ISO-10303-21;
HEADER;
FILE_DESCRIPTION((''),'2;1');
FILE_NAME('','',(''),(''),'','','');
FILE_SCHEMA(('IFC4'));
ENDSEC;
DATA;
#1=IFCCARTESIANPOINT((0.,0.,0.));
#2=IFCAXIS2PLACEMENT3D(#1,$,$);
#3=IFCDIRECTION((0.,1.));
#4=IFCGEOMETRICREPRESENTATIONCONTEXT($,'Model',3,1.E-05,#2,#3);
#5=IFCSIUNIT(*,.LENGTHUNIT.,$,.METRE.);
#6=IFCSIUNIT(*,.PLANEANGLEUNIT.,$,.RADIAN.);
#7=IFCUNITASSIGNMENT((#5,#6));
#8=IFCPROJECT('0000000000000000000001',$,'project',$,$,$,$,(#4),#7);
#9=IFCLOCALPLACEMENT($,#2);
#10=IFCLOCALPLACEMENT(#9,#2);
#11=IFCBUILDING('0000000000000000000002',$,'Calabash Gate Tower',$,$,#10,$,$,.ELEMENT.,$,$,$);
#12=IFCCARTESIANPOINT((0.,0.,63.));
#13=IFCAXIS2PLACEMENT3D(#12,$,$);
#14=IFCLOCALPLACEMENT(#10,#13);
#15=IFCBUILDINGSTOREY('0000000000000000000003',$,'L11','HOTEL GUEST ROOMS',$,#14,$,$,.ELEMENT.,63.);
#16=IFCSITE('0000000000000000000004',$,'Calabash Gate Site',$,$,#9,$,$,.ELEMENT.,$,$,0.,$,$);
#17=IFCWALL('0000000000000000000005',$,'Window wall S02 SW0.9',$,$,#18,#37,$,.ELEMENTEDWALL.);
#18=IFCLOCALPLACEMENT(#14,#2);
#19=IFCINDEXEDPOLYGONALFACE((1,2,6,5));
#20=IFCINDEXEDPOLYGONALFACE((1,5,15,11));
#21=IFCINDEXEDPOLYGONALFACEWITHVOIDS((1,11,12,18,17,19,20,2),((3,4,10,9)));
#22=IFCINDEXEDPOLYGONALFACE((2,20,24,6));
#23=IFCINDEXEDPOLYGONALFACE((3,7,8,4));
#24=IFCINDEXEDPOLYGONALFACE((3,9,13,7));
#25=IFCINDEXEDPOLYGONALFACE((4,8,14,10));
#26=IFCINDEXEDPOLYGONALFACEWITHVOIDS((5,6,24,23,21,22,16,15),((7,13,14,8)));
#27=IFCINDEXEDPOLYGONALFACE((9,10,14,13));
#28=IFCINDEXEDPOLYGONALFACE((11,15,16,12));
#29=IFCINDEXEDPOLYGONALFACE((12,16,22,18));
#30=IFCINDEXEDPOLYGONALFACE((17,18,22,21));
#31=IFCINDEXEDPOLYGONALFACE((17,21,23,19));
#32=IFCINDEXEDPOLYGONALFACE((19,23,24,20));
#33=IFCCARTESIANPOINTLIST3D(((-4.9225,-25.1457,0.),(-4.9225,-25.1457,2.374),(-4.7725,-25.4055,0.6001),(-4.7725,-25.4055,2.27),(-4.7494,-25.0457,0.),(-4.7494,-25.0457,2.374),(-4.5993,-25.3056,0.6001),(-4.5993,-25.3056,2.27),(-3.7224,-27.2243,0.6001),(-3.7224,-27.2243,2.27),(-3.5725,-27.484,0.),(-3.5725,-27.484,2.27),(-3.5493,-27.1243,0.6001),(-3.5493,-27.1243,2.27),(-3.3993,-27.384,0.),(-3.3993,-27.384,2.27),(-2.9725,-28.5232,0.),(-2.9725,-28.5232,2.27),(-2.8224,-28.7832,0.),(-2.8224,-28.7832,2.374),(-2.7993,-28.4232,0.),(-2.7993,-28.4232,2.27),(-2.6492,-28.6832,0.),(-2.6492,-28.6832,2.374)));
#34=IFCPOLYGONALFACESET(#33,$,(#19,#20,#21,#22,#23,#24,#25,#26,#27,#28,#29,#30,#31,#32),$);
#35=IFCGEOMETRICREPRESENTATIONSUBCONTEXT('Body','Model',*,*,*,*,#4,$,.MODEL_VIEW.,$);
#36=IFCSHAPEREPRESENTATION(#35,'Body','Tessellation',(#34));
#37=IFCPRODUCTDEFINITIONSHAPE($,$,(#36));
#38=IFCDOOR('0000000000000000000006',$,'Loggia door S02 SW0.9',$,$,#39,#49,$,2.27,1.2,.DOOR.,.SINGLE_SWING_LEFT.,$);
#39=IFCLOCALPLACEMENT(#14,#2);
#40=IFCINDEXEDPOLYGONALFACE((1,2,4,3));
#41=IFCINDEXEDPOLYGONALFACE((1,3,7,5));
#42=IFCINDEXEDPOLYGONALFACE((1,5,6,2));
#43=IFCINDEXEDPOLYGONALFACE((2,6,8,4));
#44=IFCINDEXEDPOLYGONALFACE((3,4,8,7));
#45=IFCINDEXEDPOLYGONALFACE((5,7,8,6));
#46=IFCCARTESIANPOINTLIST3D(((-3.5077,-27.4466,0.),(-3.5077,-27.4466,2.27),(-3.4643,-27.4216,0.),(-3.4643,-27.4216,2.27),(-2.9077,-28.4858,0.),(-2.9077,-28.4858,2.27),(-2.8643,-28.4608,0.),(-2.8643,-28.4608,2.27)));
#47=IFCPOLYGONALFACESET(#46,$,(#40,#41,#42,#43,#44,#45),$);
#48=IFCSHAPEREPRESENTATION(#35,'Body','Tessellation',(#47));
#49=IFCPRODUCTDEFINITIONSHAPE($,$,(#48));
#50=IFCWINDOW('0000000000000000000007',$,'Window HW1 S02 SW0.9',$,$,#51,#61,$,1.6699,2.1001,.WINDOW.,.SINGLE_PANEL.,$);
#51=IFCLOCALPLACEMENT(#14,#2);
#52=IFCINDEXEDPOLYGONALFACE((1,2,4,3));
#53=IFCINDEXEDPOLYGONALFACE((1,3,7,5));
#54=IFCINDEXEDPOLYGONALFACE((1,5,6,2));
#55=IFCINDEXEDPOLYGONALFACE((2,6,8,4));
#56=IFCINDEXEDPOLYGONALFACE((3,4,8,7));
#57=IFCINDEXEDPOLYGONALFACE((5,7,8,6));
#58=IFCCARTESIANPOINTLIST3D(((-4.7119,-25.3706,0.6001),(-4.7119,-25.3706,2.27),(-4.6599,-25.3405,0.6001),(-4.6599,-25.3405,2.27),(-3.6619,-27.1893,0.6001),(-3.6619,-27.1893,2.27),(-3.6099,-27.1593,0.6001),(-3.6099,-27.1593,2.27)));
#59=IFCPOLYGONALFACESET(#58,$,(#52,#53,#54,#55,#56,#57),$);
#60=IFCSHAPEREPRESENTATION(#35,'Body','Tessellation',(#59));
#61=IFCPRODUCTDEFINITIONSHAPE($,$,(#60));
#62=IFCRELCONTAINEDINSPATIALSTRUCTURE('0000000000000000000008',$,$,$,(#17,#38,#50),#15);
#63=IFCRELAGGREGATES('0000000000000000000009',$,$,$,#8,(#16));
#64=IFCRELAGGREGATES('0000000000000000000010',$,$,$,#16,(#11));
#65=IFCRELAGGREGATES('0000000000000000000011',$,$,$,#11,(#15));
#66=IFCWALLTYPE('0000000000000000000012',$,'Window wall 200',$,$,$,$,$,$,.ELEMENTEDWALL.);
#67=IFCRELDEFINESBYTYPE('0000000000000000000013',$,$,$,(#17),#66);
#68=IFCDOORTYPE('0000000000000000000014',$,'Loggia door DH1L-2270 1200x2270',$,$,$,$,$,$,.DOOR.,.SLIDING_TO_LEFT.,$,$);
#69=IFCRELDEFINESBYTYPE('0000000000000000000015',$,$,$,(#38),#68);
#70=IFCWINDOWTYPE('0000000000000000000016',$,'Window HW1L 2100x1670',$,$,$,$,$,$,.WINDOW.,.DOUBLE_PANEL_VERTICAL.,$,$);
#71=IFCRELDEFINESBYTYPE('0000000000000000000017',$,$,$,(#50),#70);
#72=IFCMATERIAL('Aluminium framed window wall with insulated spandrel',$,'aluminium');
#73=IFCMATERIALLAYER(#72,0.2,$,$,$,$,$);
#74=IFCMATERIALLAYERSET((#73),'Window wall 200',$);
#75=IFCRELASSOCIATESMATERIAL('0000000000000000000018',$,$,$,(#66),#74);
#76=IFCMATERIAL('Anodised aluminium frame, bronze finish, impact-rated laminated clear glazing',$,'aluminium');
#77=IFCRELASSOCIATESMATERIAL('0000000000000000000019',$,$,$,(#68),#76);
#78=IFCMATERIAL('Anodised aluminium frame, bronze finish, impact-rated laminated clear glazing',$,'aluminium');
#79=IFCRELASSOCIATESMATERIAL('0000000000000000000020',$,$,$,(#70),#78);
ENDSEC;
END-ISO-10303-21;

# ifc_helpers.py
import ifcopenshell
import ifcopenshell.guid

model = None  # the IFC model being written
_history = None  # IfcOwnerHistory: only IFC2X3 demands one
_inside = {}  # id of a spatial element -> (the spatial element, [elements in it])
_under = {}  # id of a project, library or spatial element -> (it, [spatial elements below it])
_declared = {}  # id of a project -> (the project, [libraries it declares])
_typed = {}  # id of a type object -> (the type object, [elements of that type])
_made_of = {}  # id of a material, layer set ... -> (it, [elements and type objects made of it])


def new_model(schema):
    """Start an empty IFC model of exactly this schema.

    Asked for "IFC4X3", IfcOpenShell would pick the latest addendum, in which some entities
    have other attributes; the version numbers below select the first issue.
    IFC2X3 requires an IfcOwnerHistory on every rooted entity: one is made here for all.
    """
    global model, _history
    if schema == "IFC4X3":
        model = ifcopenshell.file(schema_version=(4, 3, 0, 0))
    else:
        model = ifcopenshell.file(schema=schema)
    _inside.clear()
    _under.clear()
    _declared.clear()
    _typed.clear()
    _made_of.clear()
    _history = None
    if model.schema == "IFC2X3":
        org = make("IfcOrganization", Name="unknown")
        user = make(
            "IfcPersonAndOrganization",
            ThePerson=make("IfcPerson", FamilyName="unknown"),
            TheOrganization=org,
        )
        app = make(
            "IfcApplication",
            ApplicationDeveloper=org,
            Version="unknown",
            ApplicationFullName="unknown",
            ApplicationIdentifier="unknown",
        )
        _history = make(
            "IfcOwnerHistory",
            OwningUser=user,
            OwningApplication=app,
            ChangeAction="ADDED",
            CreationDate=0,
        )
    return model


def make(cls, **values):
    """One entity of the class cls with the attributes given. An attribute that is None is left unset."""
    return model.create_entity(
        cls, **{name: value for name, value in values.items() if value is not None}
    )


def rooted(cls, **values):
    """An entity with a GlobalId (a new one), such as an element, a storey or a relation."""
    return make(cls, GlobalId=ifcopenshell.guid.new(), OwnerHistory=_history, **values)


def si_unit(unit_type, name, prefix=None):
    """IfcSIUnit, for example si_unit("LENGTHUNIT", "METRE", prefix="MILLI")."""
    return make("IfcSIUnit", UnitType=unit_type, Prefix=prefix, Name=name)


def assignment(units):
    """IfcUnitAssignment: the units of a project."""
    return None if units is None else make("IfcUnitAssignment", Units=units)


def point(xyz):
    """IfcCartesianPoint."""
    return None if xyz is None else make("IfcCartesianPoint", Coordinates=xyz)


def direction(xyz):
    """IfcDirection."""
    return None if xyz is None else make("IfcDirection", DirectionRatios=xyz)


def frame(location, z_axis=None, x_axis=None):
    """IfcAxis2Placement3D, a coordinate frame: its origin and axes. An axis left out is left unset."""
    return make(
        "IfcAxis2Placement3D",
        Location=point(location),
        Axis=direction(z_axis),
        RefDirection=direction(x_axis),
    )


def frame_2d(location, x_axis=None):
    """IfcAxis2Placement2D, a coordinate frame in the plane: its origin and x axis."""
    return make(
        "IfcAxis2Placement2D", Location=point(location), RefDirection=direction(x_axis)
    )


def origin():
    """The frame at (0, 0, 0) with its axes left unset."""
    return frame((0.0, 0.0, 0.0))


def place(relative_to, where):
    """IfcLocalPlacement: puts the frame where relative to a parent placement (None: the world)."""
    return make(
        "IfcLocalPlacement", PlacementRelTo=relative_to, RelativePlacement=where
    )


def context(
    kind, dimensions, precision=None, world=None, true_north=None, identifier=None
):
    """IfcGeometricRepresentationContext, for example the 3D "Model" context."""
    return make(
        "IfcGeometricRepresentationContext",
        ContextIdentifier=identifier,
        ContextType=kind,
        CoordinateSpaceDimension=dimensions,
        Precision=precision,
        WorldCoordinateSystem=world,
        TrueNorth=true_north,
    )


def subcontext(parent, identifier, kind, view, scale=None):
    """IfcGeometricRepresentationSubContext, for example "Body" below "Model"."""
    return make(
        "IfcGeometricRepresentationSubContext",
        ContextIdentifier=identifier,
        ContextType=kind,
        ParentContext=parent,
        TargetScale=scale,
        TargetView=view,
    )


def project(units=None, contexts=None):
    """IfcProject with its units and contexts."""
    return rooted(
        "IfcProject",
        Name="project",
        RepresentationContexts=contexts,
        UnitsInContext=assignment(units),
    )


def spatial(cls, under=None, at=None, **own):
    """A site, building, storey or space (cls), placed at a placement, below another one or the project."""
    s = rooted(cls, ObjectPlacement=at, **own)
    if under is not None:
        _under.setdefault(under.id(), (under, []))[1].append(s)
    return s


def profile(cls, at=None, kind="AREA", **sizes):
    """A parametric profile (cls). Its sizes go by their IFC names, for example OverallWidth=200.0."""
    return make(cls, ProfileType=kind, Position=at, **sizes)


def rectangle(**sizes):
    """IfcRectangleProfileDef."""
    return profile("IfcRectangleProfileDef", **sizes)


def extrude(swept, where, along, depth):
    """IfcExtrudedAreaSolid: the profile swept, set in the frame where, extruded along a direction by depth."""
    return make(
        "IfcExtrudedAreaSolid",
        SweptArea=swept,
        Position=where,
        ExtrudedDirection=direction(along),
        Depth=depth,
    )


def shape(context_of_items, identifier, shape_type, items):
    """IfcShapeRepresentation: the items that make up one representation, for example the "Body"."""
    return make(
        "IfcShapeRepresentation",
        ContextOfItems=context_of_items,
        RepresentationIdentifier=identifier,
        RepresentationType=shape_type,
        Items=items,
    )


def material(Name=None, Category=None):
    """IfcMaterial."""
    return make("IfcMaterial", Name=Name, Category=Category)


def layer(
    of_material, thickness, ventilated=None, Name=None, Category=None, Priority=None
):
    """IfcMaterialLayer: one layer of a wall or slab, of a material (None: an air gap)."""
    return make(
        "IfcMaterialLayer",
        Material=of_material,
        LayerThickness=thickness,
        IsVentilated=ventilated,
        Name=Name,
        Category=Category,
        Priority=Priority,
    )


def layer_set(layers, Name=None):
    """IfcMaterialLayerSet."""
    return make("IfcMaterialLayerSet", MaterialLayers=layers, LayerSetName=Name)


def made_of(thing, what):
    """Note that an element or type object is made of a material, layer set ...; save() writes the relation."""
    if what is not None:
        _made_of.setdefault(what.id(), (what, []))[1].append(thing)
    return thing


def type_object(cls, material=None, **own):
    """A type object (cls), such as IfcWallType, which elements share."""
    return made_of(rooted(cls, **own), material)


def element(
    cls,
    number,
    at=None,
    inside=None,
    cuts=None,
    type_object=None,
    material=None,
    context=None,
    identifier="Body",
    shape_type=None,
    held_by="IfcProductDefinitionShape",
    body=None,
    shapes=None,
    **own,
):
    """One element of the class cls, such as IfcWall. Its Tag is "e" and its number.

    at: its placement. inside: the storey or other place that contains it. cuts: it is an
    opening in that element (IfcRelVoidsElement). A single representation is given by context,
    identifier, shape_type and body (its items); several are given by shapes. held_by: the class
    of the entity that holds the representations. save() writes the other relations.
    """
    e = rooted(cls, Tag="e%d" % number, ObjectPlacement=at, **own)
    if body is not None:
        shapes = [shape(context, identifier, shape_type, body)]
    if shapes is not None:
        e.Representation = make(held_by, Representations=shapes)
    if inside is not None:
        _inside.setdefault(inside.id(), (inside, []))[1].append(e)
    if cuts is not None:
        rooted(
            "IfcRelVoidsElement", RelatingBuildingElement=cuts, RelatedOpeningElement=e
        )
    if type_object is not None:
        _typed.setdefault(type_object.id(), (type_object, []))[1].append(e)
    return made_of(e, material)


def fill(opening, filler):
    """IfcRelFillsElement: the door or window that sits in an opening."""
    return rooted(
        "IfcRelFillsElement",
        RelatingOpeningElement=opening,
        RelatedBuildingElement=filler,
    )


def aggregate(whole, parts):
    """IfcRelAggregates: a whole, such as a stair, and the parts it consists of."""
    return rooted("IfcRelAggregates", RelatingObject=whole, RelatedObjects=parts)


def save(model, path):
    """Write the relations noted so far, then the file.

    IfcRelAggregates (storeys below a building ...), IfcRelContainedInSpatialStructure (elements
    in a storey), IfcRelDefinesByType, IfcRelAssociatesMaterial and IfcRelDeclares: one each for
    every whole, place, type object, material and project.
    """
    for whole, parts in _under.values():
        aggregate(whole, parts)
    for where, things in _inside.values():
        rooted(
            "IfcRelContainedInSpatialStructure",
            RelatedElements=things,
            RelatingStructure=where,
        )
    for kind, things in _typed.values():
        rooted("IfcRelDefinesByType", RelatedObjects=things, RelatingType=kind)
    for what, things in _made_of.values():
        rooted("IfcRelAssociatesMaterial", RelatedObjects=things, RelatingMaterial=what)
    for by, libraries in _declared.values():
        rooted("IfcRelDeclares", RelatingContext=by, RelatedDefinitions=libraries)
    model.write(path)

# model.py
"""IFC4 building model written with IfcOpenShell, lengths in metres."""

from ifc_helpers import new_model, si_unit, direction, frame, frame_2d, origin, place, context, subcontext, project, spatial, rectangle, extrude, material, layer, layer_set, type_object, element, fill, save


model = new_model("IFC4")

# Units and contexts
model_context = context("Model", 3, precision=1e-05, world=origin(), true_north=direction((0.0, 1.0)))
body_context = subcontext(model_context, "Body", "Model", "MODEL_VIEW")
ifc_project = project(units=[si_unit("LENGTHUNIT", "METRE"), si_unit("PLANEANGLEUNIT", "RADIAN")], contexts=[model_context])

# Site, building, storey
site_placement = place(None, origin())
site = spatial("IfcSite", under=ifc_project, at=site_placement, Name="Calabash Gate Site", CompositionType="ELEMENT", RefElevation=0.0)
building_placement = place(site_placement, origin())
building = spatial("IfcBuilding", under=site, at=building_placement, Name="Calabash Gate Tower", CompositionType="ELEMENT")
storey_placement = place(building_placement, frame((0.0, 0.0, 63.0)))
storey = spatial("IfcBuildingStorey", under=building, at=storey_placement, Name="L11", Description="HOTEL GUEST ROOMS", CompositionType="ELEMENT", Elevation=63.0)

# Wall, openings, door, window
ifc_material_1 = material(Name="Aluminium framed window wall with insulated spandrel", Category="aluminium")
ifc_layer_1 = layer(ifc_material_1, 0.2)
ifc_layer_set_1 = layer_set([ifc_layer_1], Name="Window wall 200")
wall_type_1 = type_object("IfcWallType", Name="Window wall 200", PredefinedType="ELEMENTEDWALL", material=ifc_layer_set_1)
wall_1_placement = place(storey_placement, frame((-4.8359, -25.0957, 0.0), z_axis=(0.0, 0.0, 1.0), x_axis=(0.500003, -0.866024, 0.0)))
wall_1 = element("IfcWall", 1, at=wall_1_placement, inside=storey, type_object=wall_type_1, Name="Window wall S02 SW0.9", PredefinedType="ELEMENTEDWALL", context=body_context, shape_type="SweptSolid", body=[
    extrude(rectangle(XDim=4.2002, YDim=0.2, at=frame_2d((2.1001, 0.0))), origin(), (0.0, 0.0, 1.0), 2.374),
])
opening_1_placement = place(wall_1_placement, frame((0.3, 0.0, 0.6001)))
opening_1 = element("IfcOpeningElement", 2, at=opening_1_placement, cuts=wall_1, PredefinedType="OPENING", context=body_context, shape_type="SweptSolid", body=[
    extrude(rectangle(XDim=2.1001, YDim=1.6699, at=frame_2d((1.05, 0.835))), frame((0.0, 0.1099, 0.0), z_axis=(0.0, -1.0, 0.0), x_axis=(1.0, 0.0, 0.0)), (0.0, 0.0, 1.0), 0.22),
])
opening_2_placement = place(wall_1_placement, frame((2.7, 0.0, 0.0)))
opening_2 = element("IfcOpeningElement", 3, at=opening_2_placement, cuts=wall_1, PredefinedType="OPENING", context=body_context, shape_type="SweptSolid", body=[
    extrude(rectangle(XDim=1.2, YDim=2.27, at=frame_2d((0.6001, 1.135))), frame((0.0, 0.1099, 0.0), z_axis=(0.0, -1.0, 0.0), x_axis=(1.0, 0.0, 0.0)), (0.0, 0.0, 1.0), 0.22),
])
ifc_material_2 = material(Name="Anodised aluminium frame, bronze finish, impact-rated laminated clear glazing", Category="aluminium")
door_type = type_object("IfcDoorType", Name="Loggia door DH1L-2270 1200x2270", OperationType="SLIDING_TO_LEFT", PredefinedType="DOOR", material=ifc_material_2)
door_placement = place(opening_2_placement, origin())
door = element("IfcDoor", 4, at=door_placement, inside=storey, type_object=door_type, Name="Loggia door S02 SW0.9", OperationType="SINGLE_SWING_LEFT", OverallHeight=2.27, OverallWidth=1.2, PredefinedType="DOOR", context=body_context, shape_type="SweptSolid", body=[
    extrude(rectangle(XDim=1.2, YDim=2.27, at=frame_2d((0.6001, 1.135))), frame((0.0, 0.0249, 0.0), z_axis=(0.0, -1.0, 0.0), x_axis=(1.0, 0.0, 0.0)), (0.0, 0.0, 1.0), 0.05),
])
fill(opening_2, door)
ifc_material_3 = material(Name="Anodised aluminium frame, bronze finish, impact-rated laminated clear glazing", Category="aluminium")
window_type = type_object("IfcWindowType", Name="Window HW1L 2100x1670", PartitioningType="DOUBLE_PANEL_VERTICAL", PredefinedType="WINDOW", material=ifc_material_3)
window_placement = place(opening_1_placement, origin())
window = element("IfcWindow", 5, at=window_placement, inside=storey, type_object=window_type, Name="Window HW1 S02 SW0.9", OverallHeight=1.6699, OverallWidth=2.1001, PartitioningType="SINGLE_PANEL", PredefinedType="WINDOW", context=body_context, shape_type="SweptSolid", body=[
    extrude(rectangle(XDim=2.1001, YDim=1.6699, at=frame_2d((1.05, 0.835))), frame((0.0, 0.03, 0.0), z_axis=(0.0, -1.0, 0.0), x_axis=(1.0, 0.0, 0.0)), (0.0, 0.0, 1.0), 0.0601),
])
fill(opening_1, window)

save(model, "model.ifc")
